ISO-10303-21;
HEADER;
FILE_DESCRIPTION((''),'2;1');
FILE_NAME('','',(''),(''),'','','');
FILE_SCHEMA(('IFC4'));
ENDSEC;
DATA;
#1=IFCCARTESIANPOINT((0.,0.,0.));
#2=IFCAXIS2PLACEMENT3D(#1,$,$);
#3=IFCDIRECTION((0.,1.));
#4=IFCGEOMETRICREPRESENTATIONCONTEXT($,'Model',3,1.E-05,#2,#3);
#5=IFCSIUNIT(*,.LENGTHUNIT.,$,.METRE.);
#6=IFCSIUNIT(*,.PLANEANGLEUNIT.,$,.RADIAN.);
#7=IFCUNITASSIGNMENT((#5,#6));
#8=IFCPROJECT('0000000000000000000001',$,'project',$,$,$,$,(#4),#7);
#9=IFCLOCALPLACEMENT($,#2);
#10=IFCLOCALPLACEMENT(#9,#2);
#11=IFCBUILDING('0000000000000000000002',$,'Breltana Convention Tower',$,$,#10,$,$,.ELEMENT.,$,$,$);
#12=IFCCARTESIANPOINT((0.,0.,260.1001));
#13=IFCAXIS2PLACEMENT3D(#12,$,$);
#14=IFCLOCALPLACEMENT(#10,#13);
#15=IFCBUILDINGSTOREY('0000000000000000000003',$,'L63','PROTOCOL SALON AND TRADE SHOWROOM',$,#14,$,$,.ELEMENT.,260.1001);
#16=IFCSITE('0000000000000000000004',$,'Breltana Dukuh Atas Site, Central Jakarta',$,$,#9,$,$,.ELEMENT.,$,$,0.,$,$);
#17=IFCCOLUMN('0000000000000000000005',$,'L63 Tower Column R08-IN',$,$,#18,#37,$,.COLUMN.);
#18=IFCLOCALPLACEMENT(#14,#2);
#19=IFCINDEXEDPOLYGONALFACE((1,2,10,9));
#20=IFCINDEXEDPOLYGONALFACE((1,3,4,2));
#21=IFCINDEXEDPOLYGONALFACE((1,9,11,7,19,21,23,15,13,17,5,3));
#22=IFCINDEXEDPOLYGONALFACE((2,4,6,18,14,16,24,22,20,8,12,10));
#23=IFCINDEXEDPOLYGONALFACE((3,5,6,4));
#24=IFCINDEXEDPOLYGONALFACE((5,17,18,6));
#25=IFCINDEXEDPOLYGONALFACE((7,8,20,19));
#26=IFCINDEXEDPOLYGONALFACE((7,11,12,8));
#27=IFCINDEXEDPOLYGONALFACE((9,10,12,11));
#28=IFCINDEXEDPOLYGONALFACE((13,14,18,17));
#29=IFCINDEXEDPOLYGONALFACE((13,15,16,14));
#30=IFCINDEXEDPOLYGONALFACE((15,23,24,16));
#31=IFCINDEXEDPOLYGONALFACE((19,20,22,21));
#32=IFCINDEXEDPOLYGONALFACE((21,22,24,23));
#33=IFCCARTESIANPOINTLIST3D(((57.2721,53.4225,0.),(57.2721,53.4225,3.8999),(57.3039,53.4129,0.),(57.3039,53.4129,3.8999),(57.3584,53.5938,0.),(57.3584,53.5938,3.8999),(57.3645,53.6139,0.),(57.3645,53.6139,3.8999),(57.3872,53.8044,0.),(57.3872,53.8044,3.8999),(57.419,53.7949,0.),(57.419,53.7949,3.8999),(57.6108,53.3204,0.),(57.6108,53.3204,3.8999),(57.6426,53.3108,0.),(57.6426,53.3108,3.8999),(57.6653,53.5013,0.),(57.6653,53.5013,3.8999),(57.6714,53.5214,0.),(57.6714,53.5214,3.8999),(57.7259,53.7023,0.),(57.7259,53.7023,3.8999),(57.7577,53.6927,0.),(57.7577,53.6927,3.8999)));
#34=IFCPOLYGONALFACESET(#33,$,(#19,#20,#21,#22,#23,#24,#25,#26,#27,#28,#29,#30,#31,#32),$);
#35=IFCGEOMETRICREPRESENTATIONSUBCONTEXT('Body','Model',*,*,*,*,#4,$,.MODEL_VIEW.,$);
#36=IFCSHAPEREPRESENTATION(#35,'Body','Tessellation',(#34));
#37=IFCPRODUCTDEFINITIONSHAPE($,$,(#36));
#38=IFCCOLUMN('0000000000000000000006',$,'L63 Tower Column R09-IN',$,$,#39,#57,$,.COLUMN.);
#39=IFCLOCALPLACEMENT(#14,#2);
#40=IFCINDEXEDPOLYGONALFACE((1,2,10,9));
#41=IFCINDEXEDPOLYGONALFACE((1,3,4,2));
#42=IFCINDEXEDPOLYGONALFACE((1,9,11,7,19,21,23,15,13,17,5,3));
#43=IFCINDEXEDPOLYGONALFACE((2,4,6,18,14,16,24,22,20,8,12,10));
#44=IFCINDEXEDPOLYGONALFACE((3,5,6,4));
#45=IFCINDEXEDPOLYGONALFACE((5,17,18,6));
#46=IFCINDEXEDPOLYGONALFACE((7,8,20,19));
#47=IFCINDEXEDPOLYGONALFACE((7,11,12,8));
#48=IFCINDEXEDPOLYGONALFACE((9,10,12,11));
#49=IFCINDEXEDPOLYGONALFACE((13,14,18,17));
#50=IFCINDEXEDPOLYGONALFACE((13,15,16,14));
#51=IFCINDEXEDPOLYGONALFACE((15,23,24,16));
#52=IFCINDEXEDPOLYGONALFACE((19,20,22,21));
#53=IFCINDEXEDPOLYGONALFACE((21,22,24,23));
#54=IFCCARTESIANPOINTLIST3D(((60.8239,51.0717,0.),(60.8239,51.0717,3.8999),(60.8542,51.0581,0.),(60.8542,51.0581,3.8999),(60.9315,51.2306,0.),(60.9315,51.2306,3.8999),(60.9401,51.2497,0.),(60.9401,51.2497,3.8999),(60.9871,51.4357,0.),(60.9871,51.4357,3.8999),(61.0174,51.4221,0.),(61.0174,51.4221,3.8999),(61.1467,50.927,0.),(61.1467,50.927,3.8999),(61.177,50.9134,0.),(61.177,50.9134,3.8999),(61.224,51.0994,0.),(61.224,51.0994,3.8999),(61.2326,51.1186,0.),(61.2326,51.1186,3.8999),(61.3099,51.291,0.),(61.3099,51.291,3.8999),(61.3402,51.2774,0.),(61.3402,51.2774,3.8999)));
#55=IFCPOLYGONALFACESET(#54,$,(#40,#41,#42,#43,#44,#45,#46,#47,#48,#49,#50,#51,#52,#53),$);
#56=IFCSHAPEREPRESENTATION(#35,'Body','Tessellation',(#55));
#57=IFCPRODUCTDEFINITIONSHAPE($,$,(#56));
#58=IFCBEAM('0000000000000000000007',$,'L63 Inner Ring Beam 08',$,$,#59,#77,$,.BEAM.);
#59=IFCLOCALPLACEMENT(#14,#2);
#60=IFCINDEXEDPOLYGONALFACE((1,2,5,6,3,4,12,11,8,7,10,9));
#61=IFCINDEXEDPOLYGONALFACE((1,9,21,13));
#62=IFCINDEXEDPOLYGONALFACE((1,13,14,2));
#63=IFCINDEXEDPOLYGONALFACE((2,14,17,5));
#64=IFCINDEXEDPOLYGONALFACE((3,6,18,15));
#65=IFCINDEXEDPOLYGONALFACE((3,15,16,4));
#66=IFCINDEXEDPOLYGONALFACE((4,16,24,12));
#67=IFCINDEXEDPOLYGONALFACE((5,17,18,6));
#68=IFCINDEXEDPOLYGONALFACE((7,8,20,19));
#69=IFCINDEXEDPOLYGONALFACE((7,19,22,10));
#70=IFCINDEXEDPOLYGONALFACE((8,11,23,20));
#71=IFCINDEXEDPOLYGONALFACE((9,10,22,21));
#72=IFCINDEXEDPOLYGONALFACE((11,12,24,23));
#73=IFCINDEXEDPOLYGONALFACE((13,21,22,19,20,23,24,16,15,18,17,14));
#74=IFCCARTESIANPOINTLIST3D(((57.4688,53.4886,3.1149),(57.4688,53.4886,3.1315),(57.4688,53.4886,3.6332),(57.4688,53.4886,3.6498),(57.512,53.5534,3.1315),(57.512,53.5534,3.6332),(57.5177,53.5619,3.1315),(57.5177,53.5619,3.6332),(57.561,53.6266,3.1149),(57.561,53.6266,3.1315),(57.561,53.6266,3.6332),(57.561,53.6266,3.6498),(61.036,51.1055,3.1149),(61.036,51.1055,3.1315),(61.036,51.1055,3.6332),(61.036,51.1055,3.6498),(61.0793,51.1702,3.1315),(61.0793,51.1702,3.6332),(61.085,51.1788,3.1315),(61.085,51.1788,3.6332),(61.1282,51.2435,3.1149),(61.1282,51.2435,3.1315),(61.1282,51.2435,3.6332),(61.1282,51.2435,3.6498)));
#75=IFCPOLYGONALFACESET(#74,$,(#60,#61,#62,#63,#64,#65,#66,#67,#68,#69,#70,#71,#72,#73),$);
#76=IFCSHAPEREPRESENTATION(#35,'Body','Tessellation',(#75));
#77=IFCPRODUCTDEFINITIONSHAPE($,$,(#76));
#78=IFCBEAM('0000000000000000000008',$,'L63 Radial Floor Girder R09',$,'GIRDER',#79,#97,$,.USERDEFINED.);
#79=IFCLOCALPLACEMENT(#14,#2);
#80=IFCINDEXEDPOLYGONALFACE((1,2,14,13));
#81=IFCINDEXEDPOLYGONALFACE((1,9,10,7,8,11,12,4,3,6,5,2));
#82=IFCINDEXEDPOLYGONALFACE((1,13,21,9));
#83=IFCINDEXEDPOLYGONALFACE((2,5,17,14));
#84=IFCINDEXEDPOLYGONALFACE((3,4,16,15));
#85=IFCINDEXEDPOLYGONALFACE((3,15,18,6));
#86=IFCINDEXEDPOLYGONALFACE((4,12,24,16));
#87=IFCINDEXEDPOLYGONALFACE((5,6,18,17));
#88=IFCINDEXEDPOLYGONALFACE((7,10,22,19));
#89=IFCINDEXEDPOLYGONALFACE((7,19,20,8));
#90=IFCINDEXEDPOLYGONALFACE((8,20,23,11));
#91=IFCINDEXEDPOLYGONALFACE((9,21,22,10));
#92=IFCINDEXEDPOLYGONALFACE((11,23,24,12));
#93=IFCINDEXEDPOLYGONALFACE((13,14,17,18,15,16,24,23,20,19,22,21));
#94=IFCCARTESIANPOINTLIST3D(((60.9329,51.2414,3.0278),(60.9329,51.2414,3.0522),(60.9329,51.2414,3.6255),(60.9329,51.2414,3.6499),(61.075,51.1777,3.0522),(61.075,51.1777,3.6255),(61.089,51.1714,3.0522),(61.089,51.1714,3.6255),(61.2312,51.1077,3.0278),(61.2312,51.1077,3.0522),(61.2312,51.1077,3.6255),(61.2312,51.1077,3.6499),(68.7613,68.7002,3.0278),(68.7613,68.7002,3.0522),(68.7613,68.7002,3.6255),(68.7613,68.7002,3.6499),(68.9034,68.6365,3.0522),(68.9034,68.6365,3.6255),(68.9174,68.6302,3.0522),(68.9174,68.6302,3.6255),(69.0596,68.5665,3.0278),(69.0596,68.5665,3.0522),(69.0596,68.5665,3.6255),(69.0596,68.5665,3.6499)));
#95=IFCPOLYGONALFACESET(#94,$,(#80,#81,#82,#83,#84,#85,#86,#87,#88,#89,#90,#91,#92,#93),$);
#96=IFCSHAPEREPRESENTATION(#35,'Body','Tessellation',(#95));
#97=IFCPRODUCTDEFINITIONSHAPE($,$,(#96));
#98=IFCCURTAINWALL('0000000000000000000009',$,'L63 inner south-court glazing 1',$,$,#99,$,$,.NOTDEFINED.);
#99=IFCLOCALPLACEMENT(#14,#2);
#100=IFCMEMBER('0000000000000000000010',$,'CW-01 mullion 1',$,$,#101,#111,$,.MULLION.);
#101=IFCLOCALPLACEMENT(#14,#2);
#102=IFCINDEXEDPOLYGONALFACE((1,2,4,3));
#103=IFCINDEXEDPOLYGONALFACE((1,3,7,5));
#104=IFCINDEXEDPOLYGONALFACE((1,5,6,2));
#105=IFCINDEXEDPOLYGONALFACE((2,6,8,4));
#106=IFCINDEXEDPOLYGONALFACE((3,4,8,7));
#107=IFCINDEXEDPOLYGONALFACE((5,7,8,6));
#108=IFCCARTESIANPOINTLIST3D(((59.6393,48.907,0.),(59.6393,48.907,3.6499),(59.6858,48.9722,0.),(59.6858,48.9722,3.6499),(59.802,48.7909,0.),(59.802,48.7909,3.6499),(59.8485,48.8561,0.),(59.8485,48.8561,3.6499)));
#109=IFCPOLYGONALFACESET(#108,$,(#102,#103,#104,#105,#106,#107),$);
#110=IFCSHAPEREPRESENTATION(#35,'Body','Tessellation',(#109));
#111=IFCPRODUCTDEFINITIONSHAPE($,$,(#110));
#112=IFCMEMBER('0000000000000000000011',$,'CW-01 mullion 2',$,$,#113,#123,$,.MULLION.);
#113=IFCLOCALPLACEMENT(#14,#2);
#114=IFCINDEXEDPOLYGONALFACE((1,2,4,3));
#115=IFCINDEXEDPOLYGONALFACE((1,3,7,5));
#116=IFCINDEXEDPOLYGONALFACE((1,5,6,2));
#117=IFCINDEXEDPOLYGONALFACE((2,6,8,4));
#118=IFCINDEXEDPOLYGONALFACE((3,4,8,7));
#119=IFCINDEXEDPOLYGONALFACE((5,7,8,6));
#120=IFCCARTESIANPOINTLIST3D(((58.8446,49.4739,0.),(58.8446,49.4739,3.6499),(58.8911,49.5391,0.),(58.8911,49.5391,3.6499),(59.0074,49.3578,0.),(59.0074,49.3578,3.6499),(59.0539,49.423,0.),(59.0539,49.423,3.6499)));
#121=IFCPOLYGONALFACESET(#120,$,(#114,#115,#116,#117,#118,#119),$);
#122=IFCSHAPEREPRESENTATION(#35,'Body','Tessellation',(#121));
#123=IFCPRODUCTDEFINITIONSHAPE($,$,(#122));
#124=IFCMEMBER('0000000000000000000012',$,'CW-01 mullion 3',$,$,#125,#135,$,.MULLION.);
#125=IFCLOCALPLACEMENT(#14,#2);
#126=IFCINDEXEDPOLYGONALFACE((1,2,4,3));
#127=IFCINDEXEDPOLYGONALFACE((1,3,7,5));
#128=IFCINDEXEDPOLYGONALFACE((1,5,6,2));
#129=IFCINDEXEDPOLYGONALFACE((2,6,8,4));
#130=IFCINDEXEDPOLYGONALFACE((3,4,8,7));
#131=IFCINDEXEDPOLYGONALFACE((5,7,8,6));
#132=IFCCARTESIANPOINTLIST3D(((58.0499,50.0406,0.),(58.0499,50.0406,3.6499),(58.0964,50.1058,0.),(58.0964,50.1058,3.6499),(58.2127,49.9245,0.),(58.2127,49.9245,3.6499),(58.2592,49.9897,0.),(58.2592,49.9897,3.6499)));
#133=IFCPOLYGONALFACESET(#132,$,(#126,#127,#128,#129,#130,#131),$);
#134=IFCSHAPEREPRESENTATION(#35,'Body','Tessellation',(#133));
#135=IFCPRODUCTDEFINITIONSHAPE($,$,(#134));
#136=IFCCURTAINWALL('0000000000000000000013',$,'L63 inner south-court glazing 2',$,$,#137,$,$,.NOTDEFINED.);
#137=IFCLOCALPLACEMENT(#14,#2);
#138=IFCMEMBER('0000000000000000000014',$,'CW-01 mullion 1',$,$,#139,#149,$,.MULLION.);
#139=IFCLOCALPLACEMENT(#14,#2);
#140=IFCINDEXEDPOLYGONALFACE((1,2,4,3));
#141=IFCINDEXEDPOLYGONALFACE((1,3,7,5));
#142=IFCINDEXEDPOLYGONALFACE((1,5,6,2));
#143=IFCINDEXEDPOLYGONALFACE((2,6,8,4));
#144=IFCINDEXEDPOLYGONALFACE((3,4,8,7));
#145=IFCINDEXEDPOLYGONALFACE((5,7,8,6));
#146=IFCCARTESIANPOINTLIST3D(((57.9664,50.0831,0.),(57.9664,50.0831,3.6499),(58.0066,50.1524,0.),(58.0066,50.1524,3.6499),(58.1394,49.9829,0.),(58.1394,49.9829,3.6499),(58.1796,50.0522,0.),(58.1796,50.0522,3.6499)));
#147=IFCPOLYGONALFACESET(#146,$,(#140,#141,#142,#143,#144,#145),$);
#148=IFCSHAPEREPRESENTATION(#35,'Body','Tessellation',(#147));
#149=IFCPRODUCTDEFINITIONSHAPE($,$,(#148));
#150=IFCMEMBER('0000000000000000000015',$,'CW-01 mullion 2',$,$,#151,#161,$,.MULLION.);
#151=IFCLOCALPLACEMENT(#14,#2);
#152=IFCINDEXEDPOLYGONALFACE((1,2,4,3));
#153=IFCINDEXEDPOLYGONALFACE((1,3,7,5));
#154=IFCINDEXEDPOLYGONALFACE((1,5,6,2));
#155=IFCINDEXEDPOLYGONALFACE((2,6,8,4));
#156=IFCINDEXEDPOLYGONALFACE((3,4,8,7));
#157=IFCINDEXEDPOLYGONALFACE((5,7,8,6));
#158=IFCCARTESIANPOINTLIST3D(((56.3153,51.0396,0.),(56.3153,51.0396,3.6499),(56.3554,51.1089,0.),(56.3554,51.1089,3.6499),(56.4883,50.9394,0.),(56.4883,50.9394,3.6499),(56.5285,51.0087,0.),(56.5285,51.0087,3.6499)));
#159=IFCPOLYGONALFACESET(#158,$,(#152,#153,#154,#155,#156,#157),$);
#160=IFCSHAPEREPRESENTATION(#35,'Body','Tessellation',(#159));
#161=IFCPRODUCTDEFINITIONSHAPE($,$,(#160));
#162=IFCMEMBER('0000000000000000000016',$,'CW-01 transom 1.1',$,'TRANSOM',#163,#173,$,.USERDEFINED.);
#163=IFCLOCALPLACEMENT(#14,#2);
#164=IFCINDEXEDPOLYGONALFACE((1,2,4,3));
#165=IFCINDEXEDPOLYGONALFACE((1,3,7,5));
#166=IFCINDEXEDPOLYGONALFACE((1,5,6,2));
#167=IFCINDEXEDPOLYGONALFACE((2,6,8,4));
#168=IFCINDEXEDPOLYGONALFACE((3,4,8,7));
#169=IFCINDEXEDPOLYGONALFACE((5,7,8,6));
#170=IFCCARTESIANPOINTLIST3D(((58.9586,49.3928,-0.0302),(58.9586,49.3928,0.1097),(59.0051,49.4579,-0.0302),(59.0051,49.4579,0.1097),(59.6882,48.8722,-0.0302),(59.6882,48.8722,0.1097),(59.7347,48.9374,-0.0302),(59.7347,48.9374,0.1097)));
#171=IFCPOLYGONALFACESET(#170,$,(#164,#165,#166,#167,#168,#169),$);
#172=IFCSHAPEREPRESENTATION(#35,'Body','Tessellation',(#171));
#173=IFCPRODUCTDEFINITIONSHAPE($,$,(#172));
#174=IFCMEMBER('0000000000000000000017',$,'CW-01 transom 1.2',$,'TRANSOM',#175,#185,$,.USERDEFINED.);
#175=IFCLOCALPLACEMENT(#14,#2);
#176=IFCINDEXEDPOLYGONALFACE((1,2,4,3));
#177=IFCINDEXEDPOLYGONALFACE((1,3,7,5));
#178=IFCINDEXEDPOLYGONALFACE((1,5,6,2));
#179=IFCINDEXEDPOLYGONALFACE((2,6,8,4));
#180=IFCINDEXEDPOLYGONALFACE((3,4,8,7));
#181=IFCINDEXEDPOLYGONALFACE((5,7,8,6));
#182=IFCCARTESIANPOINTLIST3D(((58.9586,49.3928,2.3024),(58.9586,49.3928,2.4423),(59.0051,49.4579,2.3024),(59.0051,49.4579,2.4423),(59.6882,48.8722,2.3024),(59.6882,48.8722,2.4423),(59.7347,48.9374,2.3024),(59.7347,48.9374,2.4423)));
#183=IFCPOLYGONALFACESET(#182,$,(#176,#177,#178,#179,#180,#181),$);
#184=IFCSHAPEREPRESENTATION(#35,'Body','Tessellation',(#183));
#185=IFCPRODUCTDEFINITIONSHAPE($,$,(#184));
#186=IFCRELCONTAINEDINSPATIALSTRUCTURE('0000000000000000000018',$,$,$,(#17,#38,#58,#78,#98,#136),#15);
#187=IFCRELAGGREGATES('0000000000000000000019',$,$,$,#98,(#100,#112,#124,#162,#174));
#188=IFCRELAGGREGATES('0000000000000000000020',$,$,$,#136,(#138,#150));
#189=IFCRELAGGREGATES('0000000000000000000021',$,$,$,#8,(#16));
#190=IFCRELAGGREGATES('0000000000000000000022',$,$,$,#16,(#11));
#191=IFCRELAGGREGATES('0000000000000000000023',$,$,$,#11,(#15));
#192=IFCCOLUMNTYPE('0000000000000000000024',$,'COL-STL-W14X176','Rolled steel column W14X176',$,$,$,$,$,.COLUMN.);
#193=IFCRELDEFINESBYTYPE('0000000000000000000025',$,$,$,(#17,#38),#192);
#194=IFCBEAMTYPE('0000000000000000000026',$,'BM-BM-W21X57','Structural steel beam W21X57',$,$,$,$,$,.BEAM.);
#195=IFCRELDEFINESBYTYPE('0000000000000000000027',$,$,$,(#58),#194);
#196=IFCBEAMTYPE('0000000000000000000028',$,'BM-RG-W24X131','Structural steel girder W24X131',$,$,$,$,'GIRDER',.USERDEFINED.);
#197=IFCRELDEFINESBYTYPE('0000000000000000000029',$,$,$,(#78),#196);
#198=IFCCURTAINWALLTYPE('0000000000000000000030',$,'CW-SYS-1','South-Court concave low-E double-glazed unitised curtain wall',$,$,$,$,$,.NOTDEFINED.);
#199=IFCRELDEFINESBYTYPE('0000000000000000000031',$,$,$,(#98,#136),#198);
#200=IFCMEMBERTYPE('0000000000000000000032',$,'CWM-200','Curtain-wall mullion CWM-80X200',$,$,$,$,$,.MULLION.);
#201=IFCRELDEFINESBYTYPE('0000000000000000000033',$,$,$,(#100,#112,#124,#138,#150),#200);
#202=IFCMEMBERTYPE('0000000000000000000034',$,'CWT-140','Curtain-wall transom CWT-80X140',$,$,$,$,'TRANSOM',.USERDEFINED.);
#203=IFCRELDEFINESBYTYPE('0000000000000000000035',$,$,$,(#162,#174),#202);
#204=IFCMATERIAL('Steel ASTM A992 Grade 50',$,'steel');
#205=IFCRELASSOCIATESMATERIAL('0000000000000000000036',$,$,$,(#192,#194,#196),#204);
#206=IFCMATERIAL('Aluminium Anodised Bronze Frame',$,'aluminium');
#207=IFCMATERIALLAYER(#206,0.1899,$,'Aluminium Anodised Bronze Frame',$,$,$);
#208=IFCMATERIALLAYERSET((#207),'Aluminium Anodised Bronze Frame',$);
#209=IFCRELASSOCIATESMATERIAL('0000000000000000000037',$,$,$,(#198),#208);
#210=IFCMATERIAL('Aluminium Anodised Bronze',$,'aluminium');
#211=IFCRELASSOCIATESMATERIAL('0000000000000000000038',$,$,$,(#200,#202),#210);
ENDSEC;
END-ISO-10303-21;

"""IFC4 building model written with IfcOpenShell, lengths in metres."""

from ifc_helpers import new_model, si_unit, direction, frame, origin, origin_2d, place, context, subcontext, project, spatial, rectangle, i_section, extrude, source, transform, mapped, material, layer, layer_set, material_profile, profile_set, type_object, type_shapes, element, aggregate, save


model = new_model("IFC4")

# Units and contexts
model_context = context("Model", 3, precision=1e-05, world=origin(), true_north=direction((0.0, 1.0)))
body_context = subcontext(model_context, "Body", "Model", "MODEL_VIEW")
ifc_project = project(units=[si_unit("LENGTHUNIT", "METRE"), si_unit("PLANEANGLEUNIT", "RADIAN")], contexts=[model_context])

# Site, building, storey
site_placement = place(None, origin())
site = spatial("IfcSite", under=ifc_project, at=site_placement, Name="Breltana Dukuh Atas Site, Central Jakarta", CompositionType="ELEMENT", RefElevation=0.0)
building_placement = place(site_placement, origin())
building = spatial("IfcBuilding", under=site, at=building_placement, Name="Breltana Convention Tower", CompositionType="ELEMENT")
storey_placement = place(building_placement, frame((0.0, 0.0, 260.1001)))
storey = spatial("IfcBuildingStorey", under=building, at=storey_placement, Name="L63", Description="PROTOCOL SALON AND TRADE SHOWROOM", CompositionType="ELEMENT", Elevation=260.1001)

# Columns
ifc_material_1 = material(Name="Steel ASTM A992 Grade 50", Category="steel")
ifc_material_profile_1 = material_profile(ifc_material_1, i_section(OverallWidth=0.3989, OverallDepth=0.387, WebThickness=0.021, FlangeThickness=0.0332, at=origin_2d()), Name="W14X176")
ifc_profile_set_1 = profile_set([ifc_material_profile_1], Name="Steel ASTM A992 Grade 50")
column_type = type_object("IfcColumnType", Name="COL-STL-W14X176", Description="Rolled steel column W14X176", PredefinedType="COLUMN", material=ifc_profile_set_1)
shared_shape_1 = source(origin(), body_context, "Body", "SweptSolid", [
    extrude(i_section(OverallWidth=0.3989, OverallDepth=0.387, WebThickness=0.021, FlangeThickness=0.0332, at=origin_2d()), origin(), (0.0, 0.0, 1.0), 3.8999),
])
type_shapes(column_type, [shared_shape_1])
for number, where, z_axis, x_axis, name in (
    (1, (57.5149, 53.5576, 0.0), (0.0, 0.0, 1.0), (0.288698, 0.95742, 0.0), "L63 Tower Column R08-IN"),
    (2, (61.082, 51.1746, 0.0), (0.0, 0.0, 1.0), (0.409127, 0.912477, 0.0), "L63 Tower Column R09-IN"),
):
    element("IfcColumn", number, at=place(storey_placement, frame(where, z_axis=z_axis, x_axis=x_axis)), inside=storey, type_object=column_type, Name=name, PredefinedType="COLUMN", context=body_context, shape_type="MappedRepresentation", body=[
        mapped(shared_shape_1, transform((0.0, 0.0, 0.0), scale=1.0)),
    ])

# Beams
ifc_material_profile_2 = material_profile(ifc_material_1, i_section(OverallWidth=0.166, OverallDepth=0.5349, WebThickness=0.0103, FlangeThickness=0.0166, at=origin_2d()), Name="W21X57")
ifc_profile_set_2 = profile_set([ifc_material_profile_2], Name="Steel ASTM A992 Grade 50")
beam_type_1 = type_object("IfcBeamType", Name="BM-BM-W21X57", Description="Structural steel beam W21X57", PredefinedType="BEAM", material=ifc_profile_set_2)
shared_shape_2 = source(origin(), body_context, "Body", "SweptSolid", [
    extrude(i_section(OverallWidth=0.166, OverallDepth=0.5349, WebThickness=0.0103, FlangeThickness=0.0166, at=origin_2d()), origin(), (0.0, 0.0, 1.0), 4.29),
])
beam_1_placement = place(storey_placement, frame((57.5149, 53.5576, 3.3823), z_axis=(0.831516, -0.555501, 0.0), x_axis=(0.555501, 0.831516, 0.0)))
element("IfcBeam", 3, at=beam_1_placement, inside=storey, type_object=beam_type_1, Name="L63 Inner Ring Beam 08", PredefinedType="BEAM", context=body_context, shape_type="MappedRepresentation", body=[
    mapped(shared_shape_2, transform((0.0, 0.0, 0.0), scale=1.0)),
])
ifc_material_profile_3 = material_profile(ifc_material_1, i_section(OverallWidth=0.3269, OverallDepth=0.6221, WebThickness=0.0154, FlangeThickness=0.0244, at=origin_2d()), Name="W24X131")
ifc_profile_set_3 = profile_set([ifc_material_profile_3], Name="Steel ASTM A992 Grade 50")
beam_type_2 = type_object("IfcBeamType", Name="BM-RG-W24X131", Description="Structural steel girder W24X131", ElementType="GIRDER", PredefinedType="USERDEFINED", material=ifc_profile_set_3)
shared_shape_3 = source(origin(), body_context, "Body", "SweptSolid", [
    extrude(i_section(OverallWidth=0.3269, OverallDepth=0.6221, WebThickness=0.0154, FlangeThickness=0.0244, at=origin_2d()), origin(), (0.0, 0.0, 1.0), 19.1335),
])
beam_2_placement = place(storey_placement, frame((61.082, 51.1746, 3.3389), z_axis=(0.409145, 0.91247, 0.0), x_axis=(-0.91247, 0.409145, 0.0)))
element("IfcBeam", 4, at=beam_2_placement, inside=storey, type_object=beam_type_2, Name="L63 Radial Floor Girder R09", ObjectType="GIRDER", PredefinedType="USERDEFINED", context=body_context, shape_type="MappedRepresentation", body=[
    mapped(shared_shape_3, transform((0.0, 0.0, 0.0), scale=1.0)),
])

# Curtain walls, members
ifc_material_2 = material(Name="Aluminium Anodised Bronze Frame", Category="aluminium")
ifc_layer_1 = layer(ifc_material_2, 0.1899, Name="Aluminium Anodised Bronze Frame")
ifc_layer_set_1 = layer_set([ifc_layer_1], Name="Aluminium Anodised Bronze Frame")
curtain_wall_type = type_object("IfcCurtainWallType", Name="CW-SYS-1", Description="South-Court concave low-E double-glazed unitised curtain wall", PredefinedType="NOTDEFINED", material=ifc_layer_set_1)
curtain_wall_1_placement = place(storey_placement, origin())
curtain_wall_1 = element("IfcCurtainWall", 5, at=curtain_wall_1_placement, inside=storey, type_object=curtain_wall_type, Name="L63 inner south-court glazing 1", PredefinedType="NOTDEFINED")
ifc_material_3 = material(Name="Aluminium Anodised Bronze", Category="aluminium")
ifc_material_profile_4 = material_profile(ifc_material_3, rectangle(XDim=0.0801, YDim=0.2, at=origin_2d()), Name="CWM-80X200")
ifc_profile_set_4 = profile_set([ifc_material_profile_4], Name="Aluminium Anodised Bronze")
member_type_1 = type_object("IfcMemberType", Name="CWM-200", Description="Curtain-wall mullion CWM-80X200", PredefinedType="MULLION", material=ifc_profile_set_4)
shared_shape_4 = source(origin(), body_context, "Body", "SweptSolid", [
    extrude(rectangle(XDim=0.0801, YDim=0.2, at=origin_2d()), origin(), (0.0, 0.0, 1.0), 3.6499),
])
member_1_placement = place(storey_placement, frame((59.7439, 48.8816, 0.0), z_axis=(0.0, 0.0, 1.0), x_axis=(-0.580656, -0.814149, 0.0)))
member_1 = element("IfcMember", 6, at=member_1_placement, type_object=member_type_1, Name="CW-01 mullion 1", PredefinedType="MULLION", context=body_context, shape_type="MappedRepresentation", body=[
    mapped(shared_shape_4, transform((0.0, 0.0, 0.0), scale=1.0)),
])
member_2_placement = place(storey_placement, frame((58.9492, 49.4485, 0.0), z_axis=(0.0, 0.0, 1.0), x_axis=(-0.580656, -0.814149, 0.0)))
member_2 = element("IfcMember", 7, at=member_2_placement, type_object=member_type_1, Name="CW-01 mullion 2", PredefinedType="MULLION", context=body_context, shape_type="MappedRepresentation", body=[
    mapped(shared_shape_4, transform((0.0, 0.0, 0.0), scale=1.0)),
])
member_3_placement = place(storey_placement, frame((58.1545, 50.0151, 0.0), z_axis=(0.0, 0.0, 1.0), x_axis=(-0.580656, -0.814149, 0.0)))
member_3 = element("IfcMember", 8, at=member_3_placement, type_object=member_type_1, Name="CW-01 mullion 3", PredefinedType="MULLION", context=body_context, shape_type="MappedRepresentation", body=[
    mapped(shared_shape_4, transform((0.0, 0.0, 0.0), scale=1.0)),
])
curtain_wall_2_placement = place(storey_placement, origin())
curtain_wall_2 = element("IfcCurtainWall", 9, at=curtain_wall_2_placement, inside=storey, type_object=curtain_wall_type, Name="L63 inner south-court glazing 2", PredefinedType="NOTDEFINED")
member_4_placement = place(storey_placement, frame((58.073, 50.0676, 0.0), z_axis=(0.0, 0.0, 1.0), x_axis=(-0.501217, -0.865322, 0.0)))
member_4 = element("IfcMember", 10, at=member_4_placement, type_object=member_type_1, Name="CW-01 mullion 1", PredefinedType="MULLION", context=body_context, shape_type="MappedRepresentation", body=[
    mapped(shared_shape_4, transform((0.0, 0.0, 0.0), scale=1.0)),
])
member_5_placement = place(storey_placement, frame((56.4219, 51.0242, 0.0), z_axis=(0.0, 0.0, 1.0), x_axis=(-0.501217, -0.865322, 0.0)))
member_5 = element("IfcMember", 11, at=member_5_placement, type_object=member_type_1, Name="CW-01 mullion 2", PredefinedType="MULLION", context=body_context, shape_type="MappedRepresentation", body=[
    mapped(shared_shape_4, transform((0.0, 0.0, 0.0), scale=1.0)),
])

# Members
ifc_material_profile_5 = material_profile(ifc_material_3, rectangle(XDim=0.0801, YDim=0.1399, at=origin_2d()), Name="CWT-80X140")
ifc_profile_set_5 = profile_set([ifc_material_profile_5], Name="Aluminium Anodised Bronze")
member_type_2 = type_object("IfcMemberType", Name="CWT-140", Description="Curtain-wall transom CWT-80X140", ElementType="TRANSOM", PredefinedType="USERDEFINED", material=ifc_profile_set_5)
shared_shape_5 = source(origin(), body_context, "Body", "SweptSolid", [
    extrude(rectangle(XDim=0.0801, YDim=0.1399, at=origin_2d()), origin(), (0.0, 0.0, 1.0), 0.8962),
])
member_6_placement = place(storey_placement, frame((59.7114, 48.9048, 0.0398), z_axis=(-0.814028, 0.580826, 0.0), x_axis=(-0.580826, -0.814028, 0.0)))
member_6 = element("IfcMember", 12, at=member_6_placement, type_object=member_type_2, Name="CW-01 transom 1.1", ObjectType="TRANSOM", PredefinedType="USERDEFINED", context=body_context, shape_type="MappedRepresentation", body=[
    mapped(shared_shape_5, transform((0.0, 0.0, 0.0), scale=1.0)),
])
member_7_placement = place(storey_placement, frame((59.7114, 48.9048, 2.3723), z_axis=(-0.814028, 0.580826, 0.0), x_axis=(-0.580826, -0.814028, 0.0)))
member_7 = element("IfcMember", 13, at=member_7_placement, type_object=member_type_2, Name="CW-01 transom 1.2", ObjectType="TRANSOM", PredefinedType="USERDEFINED", context=body_context, shape_type="MappedRepresentation", body=[
    mapped(shared_shape_5, transform((0.0, 0.0, 0.0), scale=1.0)),
])

aggregate(curtain_wall_1, [member_1, member_2, member_3, member_6, member_7])
aggregate(curtain_wall_2, [member_4, member_5])

save(model, "model.ifc")
